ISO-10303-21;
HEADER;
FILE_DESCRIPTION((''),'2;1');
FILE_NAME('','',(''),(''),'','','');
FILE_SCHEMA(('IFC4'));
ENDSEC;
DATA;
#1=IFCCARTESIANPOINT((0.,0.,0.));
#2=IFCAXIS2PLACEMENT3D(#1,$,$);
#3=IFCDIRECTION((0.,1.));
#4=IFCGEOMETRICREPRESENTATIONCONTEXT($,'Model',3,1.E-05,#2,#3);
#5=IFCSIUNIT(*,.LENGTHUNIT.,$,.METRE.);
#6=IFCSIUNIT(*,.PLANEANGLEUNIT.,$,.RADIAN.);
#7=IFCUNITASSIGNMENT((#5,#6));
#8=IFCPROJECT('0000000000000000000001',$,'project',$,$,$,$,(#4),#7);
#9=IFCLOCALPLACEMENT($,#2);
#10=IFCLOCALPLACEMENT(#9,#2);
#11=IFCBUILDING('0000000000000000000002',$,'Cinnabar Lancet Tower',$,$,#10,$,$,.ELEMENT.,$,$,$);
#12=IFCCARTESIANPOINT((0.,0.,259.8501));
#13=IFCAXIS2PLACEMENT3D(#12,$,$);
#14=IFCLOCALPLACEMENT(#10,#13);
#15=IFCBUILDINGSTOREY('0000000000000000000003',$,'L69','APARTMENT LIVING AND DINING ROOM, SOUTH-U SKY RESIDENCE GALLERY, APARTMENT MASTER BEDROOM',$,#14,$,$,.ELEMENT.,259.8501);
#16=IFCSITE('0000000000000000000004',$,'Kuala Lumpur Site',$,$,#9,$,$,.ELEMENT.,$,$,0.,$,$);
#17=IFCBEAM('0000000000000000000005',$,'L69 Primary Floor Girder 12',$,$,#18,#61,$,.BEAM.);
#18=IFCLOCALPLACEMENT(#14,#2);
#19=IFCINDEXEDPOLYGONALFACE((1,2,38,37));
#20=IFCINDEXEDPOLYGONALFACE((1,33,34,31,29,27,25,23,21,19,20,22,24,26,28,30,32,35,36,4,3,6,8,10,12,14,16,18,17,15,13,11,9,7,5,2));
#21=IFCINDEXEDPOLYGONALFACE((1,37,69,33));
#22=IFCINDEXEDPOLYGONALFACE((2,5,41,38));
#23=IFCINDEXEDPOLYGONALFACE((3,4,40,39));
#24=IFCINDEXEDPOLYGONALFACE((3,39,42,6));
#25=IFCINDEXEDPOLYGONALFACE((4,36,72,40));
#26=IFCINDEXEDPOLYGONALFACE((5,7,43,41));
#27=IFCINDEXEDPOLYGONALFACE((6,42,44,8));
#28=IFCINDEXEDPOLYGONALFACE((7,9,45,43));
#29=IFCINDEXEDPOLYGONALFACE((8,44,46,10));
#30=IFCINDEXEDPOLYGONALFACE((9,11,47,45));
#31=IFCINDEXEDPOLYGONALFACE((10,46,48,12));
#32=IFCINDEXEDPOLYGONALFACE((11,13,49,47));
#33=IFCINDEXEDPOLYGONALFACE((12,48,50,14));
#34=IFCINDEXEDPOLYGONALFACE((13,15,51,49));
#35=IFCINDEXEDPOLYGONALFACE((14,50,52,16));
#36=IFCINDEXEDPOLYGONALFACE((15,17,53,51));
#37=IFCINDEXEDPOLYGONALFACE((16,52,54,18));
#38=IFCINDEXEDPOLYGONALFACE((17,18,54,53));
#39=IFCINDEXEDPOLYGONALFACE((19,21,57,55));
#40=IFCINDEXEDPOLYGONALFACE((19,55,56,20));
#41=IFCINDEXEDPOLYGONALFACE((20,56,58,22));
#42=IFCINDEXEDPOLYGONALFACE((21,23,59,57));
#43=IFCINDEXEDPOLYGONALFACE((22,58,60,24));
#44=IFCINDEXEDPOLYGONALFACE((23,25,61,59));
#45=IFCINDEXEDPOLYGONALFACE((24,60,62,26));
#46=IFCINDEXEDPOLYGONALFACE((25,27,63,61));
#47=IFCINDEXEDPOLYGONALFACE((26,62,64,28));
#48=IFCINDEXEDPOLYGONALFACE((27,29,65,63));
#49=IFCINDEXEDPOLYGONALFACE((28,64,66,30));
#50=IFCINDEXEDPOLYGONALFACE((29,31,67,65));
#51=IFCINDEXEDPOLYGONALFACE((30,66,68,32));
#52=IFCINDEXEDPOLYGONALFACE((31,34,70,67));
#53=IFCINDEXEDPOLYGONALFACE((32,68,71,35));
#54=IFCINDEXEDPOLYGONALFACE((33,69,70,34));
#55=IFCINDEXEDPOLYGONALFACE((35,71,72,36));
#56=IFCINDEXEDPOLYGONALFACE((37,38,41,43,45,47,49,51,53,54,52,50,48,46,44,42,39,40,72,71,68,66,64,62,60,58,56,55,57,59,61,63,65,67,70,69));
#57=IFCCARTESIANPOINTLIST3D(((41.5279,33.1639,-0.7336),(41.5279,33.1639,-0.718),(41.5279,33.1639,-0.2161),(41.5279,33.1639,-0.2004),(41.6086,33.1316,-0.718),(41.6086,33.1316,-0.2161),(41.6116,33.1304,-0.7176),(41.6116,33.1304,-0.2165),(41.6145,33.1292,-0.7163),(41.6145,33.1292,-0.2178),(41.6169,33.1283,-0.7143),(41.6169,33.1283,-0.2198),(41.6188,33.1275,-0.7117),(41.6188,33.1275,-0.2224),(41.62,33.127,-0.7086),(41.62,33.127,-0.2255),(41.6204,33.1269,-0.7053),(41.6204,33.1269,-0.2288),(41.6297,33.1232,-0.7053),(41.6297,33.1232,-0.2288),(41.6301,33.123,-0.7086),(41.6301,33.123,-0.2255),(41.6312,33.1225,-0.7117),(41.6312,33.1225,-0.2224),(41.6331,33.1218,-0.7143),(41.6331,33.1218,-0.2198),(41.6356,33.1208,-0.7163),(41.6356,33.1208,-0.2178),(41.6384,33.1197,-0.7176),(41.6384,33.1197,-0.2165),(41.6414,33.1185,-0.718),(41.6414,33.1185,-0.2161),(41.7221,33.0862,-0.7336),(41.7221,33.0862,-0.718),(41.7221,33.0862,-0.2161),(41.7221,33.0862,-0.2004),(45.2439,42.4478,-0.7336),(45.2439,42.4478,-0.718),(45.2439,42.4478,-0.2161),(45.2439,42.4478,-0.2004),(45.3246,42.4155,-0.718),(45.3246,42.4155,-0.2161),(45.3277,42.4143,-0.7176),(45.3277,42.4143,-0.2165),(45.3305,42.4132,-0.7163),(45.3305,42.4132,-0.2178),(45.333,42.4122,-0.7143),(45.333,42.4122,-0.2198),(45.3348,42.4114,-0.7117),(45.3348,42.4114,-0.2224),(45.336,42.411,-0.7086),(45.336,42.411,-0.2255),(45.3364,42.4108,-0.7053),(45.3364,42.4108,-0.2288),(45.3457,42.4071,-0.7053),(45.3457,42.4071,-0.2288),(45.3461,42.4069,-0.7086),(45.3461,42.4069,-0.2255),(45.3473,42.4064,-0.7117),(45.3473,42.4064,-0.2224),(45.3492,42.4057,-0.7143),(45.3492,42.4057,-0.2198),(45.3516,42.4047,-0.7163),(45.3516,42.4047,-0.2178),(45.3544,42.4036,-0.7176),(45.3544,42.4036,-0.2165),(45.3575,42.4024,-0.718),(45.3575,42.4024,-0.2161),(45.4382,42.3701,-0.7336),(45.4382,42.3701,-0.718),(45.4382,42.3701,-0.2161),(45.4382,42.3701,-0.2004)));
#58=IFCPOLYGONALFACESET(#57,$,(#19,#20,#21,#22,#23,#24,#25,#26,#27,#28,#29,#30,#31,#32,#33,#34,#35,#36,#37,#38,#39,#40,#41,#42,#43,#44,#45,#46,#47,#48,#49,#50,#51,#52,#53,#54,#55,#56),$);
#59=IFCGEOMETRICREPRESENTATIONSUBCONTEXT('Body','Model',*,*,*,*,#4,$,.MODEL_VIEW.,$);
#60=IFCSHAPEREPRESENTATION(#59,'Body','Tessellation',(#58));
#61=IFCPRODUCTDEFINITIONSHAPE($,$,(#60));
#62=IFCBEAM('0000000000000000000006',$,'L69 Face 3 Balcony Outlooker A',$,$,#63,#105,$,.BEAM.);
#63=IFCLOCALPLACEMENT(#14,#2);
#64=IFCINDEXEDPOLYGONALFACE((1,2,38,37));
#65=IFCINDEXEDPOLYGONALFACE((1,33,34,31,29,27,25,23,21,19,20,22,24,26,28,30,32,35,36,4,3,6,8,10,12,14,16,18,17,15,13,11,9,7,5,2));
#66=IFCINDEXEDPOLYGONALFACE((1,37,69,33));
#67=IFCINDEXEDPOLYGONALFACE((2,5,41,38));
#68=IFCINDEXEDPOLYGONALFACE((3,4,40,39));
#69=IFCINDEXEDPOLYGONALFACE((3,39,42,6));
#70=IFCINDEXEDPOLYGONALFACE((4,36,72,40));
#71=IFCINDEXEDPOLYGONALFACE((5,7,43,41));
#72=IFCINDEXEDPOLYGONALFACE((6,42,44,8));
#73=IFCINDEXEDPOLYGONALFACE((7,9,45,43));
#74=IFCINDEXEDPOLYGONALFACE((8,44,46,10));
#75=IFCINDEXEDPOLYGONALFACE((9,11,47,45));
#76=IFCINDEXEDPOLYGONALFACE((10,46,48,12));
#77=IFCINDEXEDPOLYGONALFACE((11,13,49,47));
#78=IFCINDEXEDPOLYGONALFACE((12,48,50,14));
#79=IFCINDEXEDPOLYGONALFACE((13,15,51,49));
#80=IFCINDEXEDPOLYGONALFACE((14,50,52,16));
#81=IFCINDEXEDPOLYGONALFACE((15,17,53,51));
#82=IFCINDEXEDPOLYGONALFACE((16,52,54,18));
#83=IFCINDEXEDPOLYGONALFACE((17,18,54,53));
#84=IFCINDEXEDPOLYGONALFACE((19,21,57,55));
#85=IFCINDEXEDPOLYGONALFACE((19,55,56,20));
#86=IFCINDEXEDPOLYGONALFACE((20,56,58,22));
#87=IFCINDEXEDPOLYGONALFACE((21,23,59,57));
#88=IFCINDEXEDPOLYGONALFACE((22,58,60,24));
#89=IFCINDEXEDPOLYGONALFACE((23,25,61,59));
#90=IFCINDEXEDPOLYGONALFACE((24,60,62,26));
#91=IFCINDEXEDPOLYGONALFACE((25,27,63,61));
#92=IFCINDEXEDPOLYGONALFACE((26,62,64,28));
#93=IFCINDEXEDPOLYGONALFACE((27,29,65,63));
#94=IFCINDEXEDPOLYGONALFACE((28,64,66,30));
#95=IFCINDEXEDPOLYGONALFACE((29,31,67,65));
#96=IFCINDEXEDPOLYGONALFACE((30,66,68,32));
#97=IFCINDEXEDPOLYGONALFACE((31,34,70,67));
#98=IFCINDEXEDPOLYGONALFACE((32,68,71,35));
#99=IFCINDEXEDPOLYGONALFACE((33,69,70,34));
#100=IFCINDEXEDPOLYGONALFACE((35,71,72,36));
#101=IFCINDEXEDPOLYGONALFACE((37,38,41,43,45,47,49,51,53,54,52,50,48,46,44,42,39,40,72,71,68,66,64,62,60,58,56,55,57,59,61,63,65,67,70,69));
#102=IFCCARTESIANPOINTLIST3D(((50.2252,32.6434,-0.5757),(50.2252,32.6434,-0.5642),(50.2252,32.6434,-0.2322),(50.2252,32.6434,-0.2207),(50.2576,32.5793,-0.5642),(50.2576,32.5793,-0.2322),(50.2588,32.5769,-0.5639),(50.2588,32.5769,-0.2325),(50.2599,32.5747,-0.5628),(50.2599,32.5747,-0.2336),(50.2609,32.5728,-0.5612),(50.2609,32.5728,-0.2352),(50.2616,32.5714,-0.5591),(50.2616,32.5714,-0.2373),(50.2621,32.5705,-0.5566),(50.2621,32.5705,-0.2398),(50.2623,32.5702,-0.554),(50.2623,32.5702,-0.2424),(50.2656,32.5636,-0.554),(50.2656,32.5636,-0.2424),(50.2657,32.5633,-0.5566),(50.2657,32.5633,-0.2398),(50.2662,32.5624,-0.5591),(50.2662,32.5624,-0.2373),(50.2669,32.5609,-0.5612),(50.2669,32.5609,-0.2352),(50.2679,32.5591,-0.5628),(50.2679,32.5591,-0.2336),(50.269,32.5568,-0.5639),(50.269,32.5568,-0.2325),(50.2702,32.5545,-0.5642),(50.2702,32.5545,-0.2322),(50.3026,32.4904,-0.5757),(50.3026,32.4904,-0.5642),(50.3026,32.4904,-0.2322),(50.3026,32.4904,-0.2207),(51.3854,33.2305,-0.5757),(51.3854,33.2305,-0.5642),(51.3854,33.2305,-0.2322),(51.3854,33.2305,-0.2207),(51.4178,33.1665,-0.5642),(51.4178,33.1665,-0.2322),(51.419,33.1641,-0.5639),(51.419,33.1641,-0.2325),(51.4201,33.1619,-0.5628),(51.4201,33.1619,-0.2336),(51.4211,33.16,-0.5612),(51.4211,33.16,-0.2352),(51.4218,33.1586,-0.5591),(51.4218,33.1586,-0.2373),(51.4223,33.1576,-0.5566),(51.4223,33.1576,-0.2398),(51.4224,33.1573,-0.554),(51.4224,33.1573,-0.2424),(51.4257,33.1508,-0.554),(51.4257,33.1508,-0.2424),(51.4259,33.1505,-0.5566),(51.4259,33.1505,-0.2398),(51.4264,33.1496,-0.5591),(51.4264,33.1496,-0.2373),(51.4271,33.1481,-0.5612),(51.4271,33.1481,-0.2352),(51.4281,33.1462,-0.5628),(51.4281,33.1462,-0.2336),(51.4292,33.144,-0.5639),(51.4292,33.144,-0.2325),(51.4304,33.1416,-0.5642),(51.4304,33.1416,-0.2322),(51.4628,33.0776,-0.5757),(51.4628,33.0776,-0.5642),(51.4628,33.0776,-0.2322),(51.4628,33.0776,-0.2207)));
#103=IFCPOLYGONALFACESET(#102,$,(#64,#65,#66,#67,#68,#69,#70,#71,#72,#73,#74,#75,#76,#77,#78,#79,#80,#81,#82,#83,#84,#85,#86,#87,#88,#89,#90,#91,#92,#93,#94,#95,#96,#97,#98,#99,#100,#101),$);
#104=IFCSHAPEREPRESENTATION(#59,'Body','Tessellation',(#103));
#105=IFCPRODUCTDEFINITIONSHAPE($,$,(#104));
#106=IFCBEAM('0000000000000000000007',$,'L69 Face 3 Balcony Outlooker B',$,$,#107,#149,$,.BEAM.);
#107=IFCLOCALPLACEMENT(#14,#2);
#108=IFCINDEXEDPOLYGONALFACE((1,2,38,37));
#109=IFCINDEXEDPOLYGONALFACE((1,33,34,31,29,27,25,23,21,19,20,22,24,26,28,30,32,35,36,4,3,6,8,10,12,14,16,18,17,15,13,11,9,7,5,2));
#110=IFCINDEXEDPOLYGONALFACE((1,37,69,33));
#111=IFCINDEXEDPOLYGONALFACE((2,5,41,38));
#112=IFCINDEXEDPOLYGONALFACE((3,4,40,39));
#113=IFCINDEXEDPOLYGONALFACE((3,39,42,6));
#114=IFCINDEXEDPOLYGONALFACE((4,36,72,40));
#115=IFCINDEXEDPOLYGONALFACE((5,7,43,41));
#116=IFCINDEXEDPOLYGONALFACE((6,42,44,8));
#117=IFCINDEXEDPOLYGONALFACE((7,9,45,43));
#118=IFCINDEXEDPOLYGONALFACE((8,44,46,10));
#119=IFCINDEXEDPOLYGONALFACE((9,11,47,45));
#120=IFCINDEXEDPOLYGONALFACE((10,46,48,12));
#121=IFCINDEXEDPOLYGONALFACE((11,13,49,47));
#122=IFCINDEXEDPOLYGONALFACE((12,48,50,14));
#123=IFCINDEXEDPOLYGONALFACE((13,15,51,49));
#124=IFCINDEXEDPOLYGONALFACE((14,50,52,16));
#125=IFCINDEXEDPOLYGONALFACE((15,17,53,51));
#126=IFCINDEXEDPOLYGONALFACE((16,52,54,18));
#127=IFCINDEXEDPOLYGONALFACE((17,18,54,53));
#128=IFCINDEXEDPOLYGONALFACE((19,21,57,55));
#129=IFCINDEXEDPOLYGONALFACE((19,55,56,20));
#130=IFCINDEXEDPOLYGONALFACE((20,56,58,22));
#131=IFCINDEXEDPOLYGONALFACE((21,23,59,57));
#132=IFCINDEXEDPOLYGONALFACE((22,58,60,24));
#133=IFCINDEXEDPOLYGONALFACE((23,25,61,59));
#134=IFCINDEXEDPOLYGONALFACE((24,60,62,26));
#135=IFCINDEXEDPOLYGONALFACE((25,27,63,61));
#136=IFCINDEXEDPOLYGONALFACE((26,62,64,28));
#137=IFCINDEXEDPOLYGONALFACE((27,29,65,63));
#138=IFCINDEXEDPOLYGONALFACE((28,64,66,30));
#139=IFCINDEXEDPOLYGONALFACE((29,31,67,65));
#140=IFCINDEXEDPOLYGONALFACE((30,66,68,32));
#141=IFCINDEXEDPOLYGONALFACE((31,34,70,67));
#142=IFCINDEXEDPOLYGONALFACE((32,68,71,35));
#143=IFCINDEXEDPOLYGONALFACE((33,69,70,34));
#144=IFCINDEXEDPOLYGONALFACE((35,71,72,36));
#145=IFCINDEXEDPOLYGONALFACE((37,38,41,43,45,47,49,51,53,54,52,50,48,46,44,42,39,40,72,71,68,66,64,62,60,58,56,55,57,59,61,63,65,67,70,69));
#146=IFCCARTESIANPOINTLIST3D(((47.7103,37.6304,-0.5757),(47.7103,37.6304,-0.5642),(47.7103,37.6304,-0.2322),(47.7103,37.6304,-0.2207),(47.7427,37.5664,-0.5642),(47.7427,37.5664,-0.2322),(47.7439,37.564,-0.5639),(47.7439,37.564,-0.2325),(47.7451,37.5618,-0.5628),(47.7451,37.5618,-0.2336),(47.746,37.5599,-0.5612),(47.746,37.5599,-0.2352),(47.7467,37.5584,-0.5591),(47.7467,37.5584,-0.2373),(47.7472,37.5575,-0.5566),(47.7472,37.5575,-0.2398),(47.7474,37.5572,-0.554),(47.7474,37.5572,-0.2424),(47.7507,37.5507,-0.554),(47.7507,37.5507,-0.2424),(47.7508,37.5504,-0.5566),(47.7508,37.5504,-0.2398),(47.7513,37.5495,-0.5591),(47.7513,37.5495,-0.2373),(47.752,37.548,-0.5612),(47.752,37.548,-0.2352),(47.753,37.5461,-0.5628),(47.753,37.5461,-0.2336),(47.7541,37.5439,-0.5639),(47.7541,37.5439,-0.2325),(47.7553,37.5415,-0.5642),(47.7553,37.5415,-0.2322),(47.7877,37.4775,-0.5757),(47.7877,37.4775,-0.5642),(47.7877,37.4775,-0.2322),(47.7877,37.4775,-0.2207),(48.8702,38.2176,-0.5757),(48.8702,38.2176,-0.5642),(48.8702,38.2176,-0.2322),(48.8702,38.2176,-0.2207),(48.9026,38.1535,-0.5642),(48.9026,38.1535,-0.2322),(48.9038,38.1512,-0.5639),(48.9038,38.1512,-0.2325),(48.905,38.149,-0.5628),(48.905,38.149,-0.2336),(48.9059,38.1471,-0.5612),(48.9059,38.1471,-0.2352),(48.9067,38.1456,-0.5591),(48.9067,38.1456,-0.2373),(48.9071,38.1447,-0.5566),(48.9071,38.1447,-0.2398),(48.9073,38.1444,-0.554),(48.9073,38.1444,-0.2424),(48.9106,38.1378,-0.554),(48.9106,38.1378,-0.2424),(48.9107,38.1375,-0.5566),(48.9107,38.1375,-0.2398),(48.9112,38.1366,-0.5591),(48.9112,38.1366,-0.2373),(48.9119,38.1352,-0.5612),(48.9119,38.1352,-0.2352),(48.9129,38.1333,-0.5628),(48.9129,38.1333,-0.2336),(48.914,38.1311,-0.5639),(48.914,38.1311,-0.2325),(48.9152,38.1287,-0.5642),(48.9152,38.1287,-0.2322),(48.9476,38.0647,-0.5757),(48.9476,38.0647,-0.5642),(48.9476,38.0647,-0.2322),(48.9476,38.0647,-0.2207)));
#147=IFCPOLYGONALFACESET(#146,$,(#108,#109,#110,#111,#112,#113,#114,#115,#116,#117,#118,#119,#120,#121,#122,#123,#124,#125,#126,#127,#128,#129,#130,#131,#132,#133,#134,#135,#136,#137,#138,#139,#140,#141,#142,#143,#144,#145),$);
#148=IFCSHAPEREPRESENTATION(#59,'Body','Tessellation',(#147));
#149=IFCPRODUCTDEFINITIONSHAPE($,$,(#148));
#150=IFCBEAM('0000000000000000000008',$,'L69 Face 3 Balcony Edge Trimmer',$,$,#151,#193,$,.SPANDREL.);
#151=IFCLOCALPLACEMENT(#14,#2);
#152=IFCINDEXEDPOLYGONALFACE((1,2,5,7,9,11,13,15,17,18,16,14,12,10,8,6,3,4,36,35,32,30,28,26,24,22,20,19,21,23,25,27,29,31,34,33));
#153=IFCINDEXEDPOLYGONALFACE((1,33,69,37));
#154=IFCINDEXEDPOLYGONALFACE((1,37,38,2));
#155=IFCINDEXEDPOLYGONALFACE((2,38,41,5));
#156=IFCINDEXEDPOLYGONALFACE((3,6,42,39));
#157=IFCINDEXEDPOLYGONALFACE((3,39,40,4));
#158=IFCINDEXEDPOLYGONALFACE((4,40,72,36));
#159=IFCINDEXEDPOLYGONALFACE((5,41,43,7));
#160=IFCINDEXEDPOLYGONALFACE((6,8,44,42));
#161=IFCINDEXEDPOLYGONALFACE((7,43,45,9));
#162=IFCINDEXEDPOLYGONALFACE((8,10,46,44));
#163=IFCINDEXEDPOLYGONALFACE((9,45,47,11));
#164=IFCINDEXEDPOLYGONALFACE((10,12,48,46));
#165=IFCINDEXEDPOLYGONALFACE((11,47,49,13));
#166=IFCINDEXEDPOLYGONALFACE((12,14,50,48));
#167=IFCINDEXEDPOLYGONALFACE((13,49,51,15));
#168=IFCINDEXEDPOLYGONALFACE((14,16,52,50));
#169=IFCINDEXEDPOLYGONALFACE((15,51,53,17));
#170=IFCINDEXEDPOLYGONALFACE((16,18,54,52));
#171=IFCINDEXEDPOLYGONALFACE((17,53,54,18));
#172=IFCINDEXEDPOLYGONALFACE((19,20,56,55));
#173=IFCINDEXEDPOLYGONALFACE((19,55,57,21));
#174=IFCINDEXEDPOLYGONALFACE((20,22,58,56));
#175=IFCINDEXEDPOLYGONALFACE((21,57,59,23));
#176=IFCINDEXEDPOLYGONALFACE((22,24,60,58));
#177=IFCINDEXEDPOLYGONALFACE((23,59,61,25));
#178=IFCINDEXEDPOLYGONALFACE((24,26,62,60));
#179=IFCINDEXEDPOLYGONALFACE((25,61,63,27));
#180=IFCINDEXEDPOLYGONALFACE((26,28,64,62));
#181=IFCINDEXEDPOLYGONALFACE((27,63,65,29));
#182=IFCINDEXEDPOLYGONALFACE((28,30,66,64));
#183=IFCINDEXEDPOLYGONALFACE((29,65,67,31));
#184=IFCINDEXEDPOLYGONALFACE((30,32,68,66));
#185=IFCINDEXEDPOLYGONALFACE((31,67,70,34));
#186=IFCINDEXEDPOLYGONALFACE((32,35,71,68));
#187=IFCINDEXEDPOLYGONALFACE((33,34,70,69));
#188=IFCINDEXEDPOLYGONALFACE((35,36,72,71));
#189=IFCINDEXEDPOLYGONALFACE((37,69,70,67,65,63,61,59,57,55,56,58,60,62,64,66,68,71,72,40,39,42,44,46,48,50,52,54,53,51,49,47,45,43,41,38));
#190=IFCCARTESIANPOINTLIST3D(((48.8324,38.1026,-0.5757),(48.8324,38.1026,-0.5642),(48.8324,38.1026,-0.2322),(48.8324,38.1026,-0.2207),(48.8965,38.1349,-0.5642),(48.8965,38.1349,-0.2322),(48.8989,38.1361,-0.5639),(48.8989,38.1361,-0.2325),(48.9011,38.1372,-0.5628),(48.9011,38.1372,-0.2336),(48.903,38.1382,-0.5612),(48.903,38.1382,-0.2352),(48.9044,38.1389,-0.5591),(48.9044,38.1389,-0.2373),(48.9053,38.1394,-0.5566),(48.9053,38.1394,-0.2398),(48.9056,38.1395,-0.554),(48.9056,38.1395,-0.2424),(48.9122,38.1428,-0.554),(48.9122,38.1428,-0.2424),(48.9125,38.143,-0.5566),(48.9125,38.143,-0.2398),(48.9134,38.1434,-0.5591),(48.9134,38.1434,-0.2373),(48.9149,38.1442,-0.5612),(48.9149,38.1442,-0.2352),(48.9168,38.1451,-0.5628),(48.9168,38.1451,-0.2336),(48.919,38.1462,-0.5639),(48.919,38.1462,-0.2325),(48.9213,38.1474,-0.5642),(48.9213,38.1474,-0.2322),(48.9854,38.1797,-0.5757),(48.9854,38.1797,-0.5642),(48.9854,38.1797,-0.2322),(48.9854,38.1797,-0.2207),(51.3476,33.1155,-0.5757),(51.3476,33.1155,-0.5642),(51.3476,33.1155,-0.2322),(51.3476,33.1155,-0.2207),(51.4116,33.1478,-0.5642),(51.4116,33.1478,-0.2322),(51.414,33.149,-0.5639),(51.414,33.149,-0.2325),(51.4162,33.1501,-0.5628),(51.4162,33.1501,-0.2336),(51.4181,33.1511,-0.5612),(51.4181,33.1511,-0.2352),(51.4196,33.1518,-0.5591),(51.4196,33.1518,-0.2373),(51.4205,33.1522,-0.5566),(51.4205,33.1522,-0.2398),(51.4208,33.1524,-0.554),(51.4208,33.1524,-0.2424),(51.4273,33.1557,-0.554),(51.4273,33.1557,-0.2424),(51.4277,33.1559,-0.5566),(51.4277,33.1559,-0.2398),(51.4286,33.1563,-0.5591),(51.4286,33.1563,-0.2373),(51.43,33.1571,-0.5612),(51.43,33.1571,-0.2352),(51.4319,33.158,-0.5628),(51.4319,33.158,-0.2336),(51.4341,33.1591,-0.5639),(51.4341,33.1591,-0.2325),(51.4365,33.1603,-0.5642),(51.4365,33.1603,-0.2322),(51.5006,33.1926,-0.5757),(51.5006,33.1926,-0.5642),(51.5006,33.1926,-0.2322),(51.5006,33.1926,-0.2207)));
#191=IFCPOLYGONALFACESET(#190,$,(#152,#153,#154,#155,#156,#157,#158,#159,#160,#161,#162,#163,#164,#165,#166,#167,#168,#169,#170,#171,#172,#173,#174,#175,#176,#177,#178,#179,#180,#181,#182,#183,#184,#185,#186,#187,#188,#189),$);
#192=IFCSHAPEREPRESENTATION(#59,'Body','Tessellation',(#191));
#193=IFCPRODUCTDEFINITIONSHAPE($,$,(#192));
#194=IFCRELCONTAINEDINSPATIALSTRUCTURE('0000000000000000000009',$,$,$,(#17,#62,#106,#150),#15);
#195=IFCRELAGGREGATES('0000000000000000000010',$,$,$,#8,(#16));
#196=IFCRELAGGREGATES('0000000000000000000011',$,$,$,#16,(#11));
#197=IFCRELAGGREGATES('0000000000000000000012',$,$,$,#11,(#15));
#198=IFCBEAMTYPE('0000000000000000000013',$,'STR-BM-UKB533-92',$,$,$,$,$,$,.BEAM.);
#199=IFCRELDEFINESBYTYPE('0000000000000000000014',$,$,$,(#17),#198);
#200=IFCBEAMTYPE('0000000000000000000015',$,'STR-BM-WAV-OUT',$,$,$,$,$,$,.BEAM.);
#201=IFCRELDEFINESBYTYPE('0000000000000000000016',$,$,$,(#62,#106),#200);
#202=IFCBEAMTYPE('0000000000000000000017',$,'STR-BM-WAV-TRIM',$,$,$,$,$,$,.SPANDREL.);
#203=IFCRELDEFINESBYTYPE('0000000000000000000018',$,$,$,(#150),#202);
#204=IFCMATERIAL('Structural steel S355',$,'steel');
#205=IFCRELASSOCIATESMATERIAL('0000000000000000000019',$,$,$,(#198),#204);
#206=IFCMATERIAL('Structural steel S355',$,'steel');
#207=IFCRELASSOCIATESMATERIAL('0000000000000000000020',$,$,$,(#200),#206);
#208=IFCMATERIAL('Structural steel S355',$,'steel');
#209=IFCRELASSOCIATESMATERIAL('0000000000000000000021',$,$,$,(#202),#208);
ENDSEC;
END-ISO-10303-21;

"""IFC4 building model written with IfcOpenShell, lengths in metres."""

from ifc_helpers import new_model, si_unit, direction, frame, origin, origin_2d, place, context, subcontext, project, spatial, i_section, extrude, material, material_profile, profile_set, type_object, element, save


model = new_model("IFC4")

# Units and contexts
model_context = context("Model", 3, precision=1e-05, world=origin(), true_north=direction((0.0, 1.0)))
body_context = subcontext(model_context, "Body", "Model", "MODEL_VIEW")
ifc_project = project(units=[si_unit("LENGTHUNIT", "METRE"), si_unit("PLANEANGLEUNIT", "RADIAN")], contexts=[model_context])

# Site, building, storey
site_placement = place(None, origin())
site = spatial("IfcSite", under=ifc_project, at=site_placement, Name="Kuala Lumpur Site", CompositionType="ELEMENT", RefElevation=0.0)
building_placement = place(site_placement, origin())
building = spatial("IfcBuilding", under=site, at=building_placement, Name="Cinnabar Lancet Tower", CompositionType="ELEMENT")
storey_placement = place(building_placement, frame((0.0, 0.0, 259.8501)))
storey = spatial("IfcBuildingStorey", under=building, at=storey_placement, Name="L69", Description="APARTMENT LIVING AND DINING ROOM, SOUTH-U SKY RESIDENCE GALLERY, APARTMENT MASTER BEDROOM", CompositionType="ELEMENT", Elevation=259.8501)

# Beams
ifc_material_1 = material(Name="Structural steel S355", Category="steel")
ifc_material_profile_1 = material_profile(ifc_material_1, i_section(OverallWidth=0.2092, OverallDepth=0.5332, WebThickness=0.01, FlangeThickness=0.0156, FilletRadius=0.0127, at=origin_2d()), Name="UKB 533x210x92")
ifc_profile_set_1 = profile_set([ifc_material_profile_1], Name="Structural steel S355")
beam_type_1 = type_object("IfcBeamType", Name="STR-BM-UKB533-92", PredefinedType="BEAM", material=ifc_profile_set_1)
beam_1_placement = place(storey_placement, frame((45.3411, 42.4089, -0.467), z_axis=(-0.371605, -0.928391, 0.0), x_axis=(0.928391, -0.371605, 0.0)))
element("IfcBeam", 1, at=beam_1_placement, inside=storey, type_object=beam_type_1, Name="L69 Primary Floor Girder 12", PredefinedType="BEAM", context=body_context, shape_type="SweptSolid", body=[
    extrude(i_section(OverallWidth=0.2092, OverallDepth=0.5332, WebThickness=0.01, FlangeThickness=0.0156, FilletRadius=0.0127, at=origin_2d()), origin(), (0.0, 0.0, 1.0), 10.0),
])
ifc_material_2 = material(Name="Structural steel S355", Category="steel")
ifc_material_profile_2 = material_profile(ifc_material_2, i_section(OverallWidth=0.1714, OverallDepth=0.355, WebThickness=0.0073, FlangeThickness=0.0115, FilletRadius=0.0103, at=origin_2d()), Name="UKB 356x171x51")
ifc_profile_set_2 = profile_set([ifc_material_profile_2], Name="Structural steel S355")
beam_type_2 = type_object("IfcBeamType", Name="STR-BM-WAV-OUT", PredefinedType="BEAM", material=ifc_profile_set_2)
beam_2_placement = place(storey_placement, frame((50.2639, 32.5669, -0.3982), z_axis=(0.892239, 0.451564, 0.0), x_axis=(-0.451564, 0.892239, 0.0)))
element("IfcBeam", 2, at=beam_2_placement, inside=storey, type_object=beam_type_2, Name="L69 Face 3 Balcony Outlooker A", PredefinedType="BEAM", context=body_context, shape_type="SweptSolid", body=[
    extrude(i_section(OverallWidth=0.1714, OverallDepth=0.355, WebThickness=0.0073, FlangeThickness=0.0115, FilletRadius=0.0103, at=origin_2d()), origin(), (0.0, 0.0, 1.0), 1.3003),
])
beam_3_placement = place(storey_placement, frame((47.749, 37.554, -0.3982), z_axis=(0.8922, 0.45164, 0.0), x_axis=(-0.45164, 0.8922, 0.0)))
element("IfcBeam", 3, at=beam_3_placement, inside=storey, type_object=beam_type_2, Name="L69 Face 3 Balcony Outlooker B", PredefinedType="BEAM", context=body_context, shape_type="SweptSolid", body=[
    extrude(i_section(OverallWidth=0.1714, OverallDepth=0.355, WebThickness=0.0073, FlangeThickness=0.0115, FilletRadius=0.0103, at=origin_2d()), origin(), (0.0, 0.0, 1.0), 1.3),
])
ifc_material_3 = material(Name="Structural steel S355", Category="steel")
ifc_material_profile_3 = material_profile(ifc_material_3, i_section(OverallWidth=0.1714, OverallDepth=0.355, WebThickness=0.0073, FlangeThickness=0.0115, FilletRadius=0.0103, at=origin_2d()), Name="UKB 356x171x51")
ifc_profile_set_3 = profile_set([ifc_material_profile_3], Name="Structural steel S355")
beam_type_3 = type_object("IfcBeamType", Name="STR-BM-WAV-TRIM", PredefinedType="SPANDREL", material=ifc_profile_set_3)
beam_4_placement = place(storey_placement, frame((51.4241, 33.1541, -0.3982), z_axis=(-0.450306, 0.892874, 0.0), x_axis=(-0.892874, -0.450306, 0.0)))
element("IfcBeam", 4, at=beam_4_placement, inside=storey, type_object=beam_type_3, Name="L69 Face 3 Balcony Edge Trimmer", PredefinedType="SPANDREL", context=body_context, shape_type="SweptSolid", body=[
    extrude(i_section(OverallWidth=0.1714, OverallDepth=0.355, WebThickness=0.0073, FlangeThickness=0.0115, FilletRadius=0.0103, at=origin_2d()), origin(), (0.0, 0.0, 1.0), 5.5854),
])

save(model, "model.ifc")
